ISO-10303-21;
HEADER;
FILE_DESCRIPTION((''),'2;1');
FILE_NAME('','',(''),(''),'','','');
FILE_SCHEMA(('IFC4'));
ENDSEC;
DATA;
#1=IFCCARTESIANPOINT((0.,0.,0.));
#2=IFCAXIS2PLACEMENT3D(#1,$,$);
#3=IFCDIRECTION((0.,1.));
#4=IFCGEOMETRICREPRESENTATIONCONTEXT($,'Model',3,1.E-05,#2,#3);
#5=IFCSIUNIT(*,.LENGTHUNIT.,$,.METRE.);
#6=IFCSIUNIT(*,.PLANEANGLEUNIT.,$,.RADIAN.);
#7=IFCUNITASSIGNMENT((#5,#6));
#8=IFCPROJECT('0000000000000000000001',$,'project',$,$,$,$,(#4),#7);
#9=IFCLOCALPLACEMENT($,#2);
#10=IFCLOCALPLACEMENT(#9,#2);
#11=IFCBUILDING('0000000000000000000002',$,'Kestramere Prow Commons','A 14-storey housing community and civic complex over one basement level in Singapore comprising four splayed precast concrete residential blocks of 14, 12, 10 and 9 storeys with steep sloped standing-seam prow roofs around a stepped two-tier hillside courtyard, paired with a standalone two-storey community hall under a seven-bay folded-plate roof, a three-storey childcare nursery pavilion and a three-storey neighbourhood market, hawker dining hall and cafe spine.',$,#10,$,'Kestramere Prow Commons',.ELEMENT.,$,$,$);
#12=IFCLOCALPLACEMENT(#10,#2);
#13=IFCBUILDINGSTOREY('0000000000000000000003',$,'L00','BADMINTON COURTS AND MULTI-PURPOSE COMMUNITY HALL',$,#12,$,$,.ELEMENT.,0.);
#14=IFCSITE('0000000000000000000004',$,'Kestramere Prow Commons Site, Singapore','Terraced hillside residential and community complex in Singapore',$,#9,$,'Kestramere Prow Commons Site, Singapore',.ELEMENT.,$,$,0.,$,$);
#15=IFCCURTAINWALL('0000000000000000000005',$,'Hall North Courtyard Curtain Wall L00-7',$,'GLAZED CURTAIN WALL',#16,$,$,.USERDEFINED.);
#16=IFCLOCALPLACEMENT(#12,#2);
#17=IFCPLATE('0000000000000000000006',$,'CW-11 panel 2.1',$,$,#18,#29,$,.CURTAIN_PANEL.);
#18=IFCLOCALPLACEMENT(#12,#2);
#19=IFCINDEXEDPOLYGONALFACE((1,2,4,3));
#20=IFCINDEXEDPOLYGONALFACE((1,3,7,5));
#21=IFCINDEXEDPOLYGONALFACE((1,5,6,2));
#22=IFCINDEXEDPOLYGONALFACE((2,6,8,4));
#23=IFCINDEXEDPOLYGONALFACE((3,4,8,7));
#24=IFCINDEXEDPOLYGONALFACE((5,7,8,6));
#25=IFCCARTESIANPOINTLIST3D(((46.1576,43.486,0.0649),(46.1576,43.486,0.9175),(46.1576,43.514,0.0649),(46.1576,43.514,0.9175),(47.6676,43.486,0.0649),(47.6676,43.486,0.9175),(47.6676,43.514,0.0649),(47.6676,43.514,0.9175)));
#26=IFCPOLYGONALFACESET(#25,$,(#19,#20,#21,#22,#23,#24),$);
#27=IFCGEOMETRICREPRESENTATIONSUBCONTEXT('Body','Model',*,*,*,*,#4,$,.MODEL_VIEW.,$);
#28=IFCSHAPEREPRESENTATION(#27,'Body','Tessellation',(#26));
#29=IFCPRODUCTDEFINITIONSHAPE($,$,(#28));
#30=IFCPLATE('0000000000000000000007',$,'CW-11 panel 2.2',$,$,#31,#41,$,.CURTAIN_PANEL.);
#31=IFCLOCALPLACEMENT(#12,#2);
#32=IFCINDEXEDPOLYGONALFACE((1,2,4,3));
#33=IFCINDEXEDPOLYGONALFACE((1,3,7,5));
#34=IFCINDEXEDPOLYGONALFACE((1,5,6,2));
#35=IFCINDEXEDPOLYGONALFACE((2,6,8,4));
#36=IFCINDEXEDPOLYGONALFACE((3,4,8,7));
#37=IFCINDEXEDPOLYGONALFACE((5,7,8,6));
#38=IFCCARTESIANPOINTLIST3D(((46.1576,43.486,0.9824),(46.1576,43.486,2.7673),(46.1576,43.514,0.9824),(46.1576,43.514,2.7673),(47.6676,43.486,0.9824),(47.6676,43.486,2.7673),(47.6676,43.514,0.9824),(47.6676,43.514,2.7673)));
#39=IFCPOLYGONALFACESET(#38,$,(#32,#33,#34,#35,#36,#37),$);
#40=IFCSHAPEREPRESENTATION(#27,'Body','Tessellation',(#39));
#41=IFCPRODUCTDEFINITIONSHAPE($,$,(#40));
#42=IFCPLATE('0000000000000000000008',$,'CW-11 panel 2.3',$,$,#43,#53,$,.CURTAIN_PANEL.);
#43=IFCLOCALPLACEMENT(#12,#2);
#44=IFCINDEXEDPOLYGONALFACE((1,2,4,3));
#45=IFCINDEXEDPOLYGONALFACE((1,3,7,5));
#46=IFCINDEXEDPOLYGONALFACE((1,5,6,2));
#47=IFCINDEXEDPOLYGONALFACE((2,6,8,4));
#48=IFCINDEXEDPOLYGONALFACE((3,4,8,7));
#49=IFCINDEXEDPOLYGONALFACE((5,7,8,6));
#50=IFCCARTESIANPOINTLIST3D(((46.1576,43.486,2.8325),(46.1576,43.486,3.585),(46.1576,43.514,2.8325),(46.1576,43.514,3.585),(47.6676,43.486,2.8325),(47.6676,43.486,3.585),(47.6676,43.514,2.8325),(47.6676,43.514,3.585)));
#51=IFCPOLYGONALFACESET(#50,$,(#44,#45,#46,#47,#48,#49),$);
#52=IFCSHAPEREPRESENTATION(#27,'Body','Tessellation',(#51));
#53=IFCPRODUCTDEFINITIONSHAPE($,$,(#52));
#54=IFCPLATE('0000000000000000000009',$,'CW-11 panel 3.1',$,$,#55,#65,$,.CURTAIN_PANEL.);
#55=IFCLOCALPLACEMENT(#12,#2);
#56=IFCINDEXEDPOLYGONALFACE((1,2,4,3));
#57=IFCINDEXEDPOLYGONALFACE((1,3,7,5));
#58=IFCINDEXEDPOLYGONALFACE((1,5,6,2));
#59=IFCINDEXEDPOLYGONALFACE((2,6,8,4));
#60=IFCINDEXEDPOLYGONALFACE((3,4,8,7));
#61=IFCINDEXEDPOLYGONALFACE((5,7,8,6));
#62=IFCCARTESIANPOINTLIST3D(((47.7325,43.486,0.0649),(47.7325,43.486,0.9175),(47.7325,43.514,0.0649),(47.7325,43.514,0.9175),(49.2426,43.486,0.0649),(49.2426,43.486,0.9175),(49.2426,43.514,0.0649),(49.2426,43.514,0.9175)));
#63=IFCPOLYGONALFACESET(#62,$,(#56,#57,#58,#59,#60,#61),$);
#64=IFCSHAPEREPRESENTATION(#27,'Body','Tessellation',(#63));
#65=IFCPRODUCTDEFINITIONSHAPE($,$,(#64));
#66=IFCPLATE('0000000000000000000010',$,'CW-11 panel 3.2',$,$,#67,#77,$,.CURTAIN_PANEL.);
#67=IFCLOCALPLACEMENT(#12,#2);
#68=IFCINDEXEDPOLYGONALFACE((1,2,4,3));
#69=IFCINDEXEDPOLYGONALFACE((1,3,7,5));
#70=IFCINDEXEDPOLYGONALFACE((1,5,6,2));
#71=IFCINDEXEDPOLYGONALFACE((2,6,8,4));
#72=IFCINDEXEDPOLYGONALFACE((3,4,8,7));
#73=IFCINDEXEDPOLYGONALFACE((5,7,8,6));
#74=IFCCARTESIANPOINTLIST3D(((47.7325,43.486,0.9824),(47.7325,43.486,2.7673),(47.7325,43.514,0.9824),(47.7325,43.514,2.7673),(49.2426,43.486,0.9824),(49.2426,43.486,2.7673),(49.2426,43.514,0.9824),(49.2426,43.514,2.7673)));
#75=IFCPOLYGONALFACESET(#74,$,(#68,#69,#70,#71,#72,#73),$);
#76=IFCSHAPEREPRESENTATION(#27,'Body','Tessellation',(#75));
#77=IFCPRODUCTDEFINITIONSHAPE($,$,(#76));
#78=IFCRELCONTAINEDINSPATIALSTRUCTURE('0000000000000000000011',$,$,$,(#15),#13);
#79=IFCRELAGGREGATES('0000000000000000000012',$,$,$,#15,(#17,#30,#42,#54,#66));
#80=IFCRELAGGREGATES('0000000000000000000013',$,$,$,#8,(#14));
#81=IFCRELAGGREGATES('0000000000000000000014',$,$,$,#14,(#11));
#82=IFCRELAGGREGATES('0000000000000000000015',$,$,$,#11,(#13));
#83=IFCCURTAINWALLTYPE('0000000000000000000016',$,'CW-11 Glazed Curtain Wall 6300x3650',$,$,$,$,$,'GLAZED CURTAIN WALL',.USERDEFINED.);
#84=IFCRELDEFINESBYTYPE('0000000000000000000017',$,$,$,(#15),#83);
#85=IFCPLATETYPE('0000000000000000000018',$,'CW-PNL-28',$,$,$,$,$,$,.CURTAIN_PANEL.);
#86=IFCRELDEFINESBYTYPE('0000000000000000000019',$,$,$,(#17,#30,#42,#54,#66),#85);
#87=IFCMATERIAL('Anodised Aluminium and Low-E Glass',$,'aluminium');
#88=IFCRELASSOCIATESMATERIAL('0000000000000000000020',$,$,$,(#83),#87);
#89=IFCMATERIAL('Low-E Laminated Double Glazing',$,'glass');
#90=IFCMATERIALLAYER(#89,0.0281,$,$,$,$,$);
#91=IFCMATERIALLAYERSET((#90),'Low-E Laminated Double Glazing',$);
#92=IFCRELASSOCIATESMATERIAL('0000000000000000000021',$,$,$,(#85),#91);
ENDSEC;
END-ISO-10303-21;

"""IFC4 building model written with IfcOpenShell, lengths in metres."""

from ifc_helpers import new_model, si_unit, direction, frame, origin, origin_2d, place, context, subcontext, project, spatial, rectangle, extrude, material, layer, layer_set, type_object, element, aggregate, save


model = new_model("IFC4")

# Units and contexts
model_context = context("Model", 3, precision=1e-05, world=origin(), true_north=direction((0.0, 1.0)))
body_context = subcontext(model_context, "Body", "Model", "MODEL_VIEW")
ifc_project = project(units=[si_unit("LENGTHUNIT", "METRE"), si_unit("PLANEANGLEUNIT", "RADIAN")], contexts=[model_context])

# Site, building, storey
site_placement = place(None, origin())
site = spatial("IfcSite", under=ifc_project, at=site_placement, Name="Kestramere Prow Commons Site, Singapore", Description="Terraced hillside residential and community complex in Singapore", LongName="Kestramere Prow Commons Site, Singapore", CompositionType="ELEMENT", RefElevation=0.0)
building_placement = place(site_placement, origin())
building = spatial("IfcBuilding", under=site, at=building_placement, Name="Kestramere Prow Commons", Description="A 14-storey housing community and civic complex over one basement level in Singapore comprising four splayed precast concrete residential blocks of 14, 12, 10 and 9 storeys with steep sloped standing-seam prow roofs around a stepped two-tier hillside courtyard, paired with a standalone two-storey community hall under a seven-bay folded-plate roof, a three-storey childcare nursery pavilion and a three-storey neighbourhood market, hawker dining hall and cafe spine.", LongName="Kestramere Prow Commons", CompositionType="ELEMENT")
storey_placement = place(building_placement, origin())
storey = spatial("IfcBuildingStorey", under=building, at=storey_placement, Name="L00", Description="BADMINTON COURTS AND MULTI-PURPOSE COMMUNITY HALL", CompositionType="ELEMENT", Elevation=0.0)

# Curtain wall, plates
ifc_material_1 = material(Name="Anodised Aluminium and Low-E Glass", Category="aluminium")
curtain_wall_type = type_object("IfcCurtainWallType", Name="CW-11 Glazed Curtain Wall 6300x3650", ElementType="GLAZED CURTAIN WALL", PredefinedType="USERDEFINED", material=ifc_material_1)
curtain_wall_placement = place(storey_placement, origin())
curtain_wall = element("IfcCurtainWall", 1, at=curtain_wall_placement, inside=storey, type_object=curtain_wall_type, Name="Hall North Courtyard Curtain Wall L00-7", ObjectType="GLAZED CURTAIN WALL", PredefinedType="USERDEFINED")
ifc_material_2 = material(Name="Low-E Laminated Double Glazing", Category="glass")
ifc_layer = layer(ifc_material_2, 0.0281)
ifc_layer_set = layer_set([ifc_layer], Name="Low-E Laminated Double Glazing")
plate_type = type_object("IfcPlateType", Name="CW-PNL-28", PredefinedType="CURTAIN_PANEL", material=ifc_layer_set)
plate_1_placement = place(storey_placement, frame((46.9126, 43.5, 0.0649), z_axis=(0.0, 0.0, 1.0), x_axis=(1.0, 0.0, 0.0)))
plate_1 = element("IfcPlate", 2, at=plate_1_placement, type_object=plate_type, Name="CW-11 panel 2.1", PredefinedType="CURTAIN_PANEL", context=body_context, shape_type="SweptSolid", body=[
    extrude(rectangle(XDim=1.51, YDim=0.0281, at=origin_2d()), origin(), (0.0, 0.0, 1.0), 0.8525),
])
plate_2_placement = place(storey_placement, frame((46.9126, 43.5, 0.9824), z_axis=(0.0, 0.0, 1.0), x_axis=(1.0, 0.0, 0.0)))
plate_2 = element("IfcPlate", 3, at=plate_2_placement, type_object=plate_type, Name="CW-11 panel 2.2", PredefinedType="CURTAIN_PANEL", context=body_context, shape_type="SweptSolid", body=[
    extrude(rectangle(XDim=1.51, YDim=0.0281, at=origin_2d()), origin(), (0.0, 0.0, 1.0), 1.7849),
])
plate_3_placement = place(storey_placement, frame((46.9126, 43.5, 2.8325), z_axis=(0.0, 0.0, 1.0), x_axis=(1.0, 0.0, 0.0)))
plate_3 = element("IfcPlate", 4, at=plate_3_placement, type_object=plate_type, Name="CW-11 panel 2.3", PredefinedType="CURTAIN_PANEL", context=body_context, shape_type="SweptSolid", body=[
    extrude(rectangle(XDim=1.51, YDim=0.0281, at=origin_2d()), origin(), (0.0, 0.0, 1.0), 0.7524),
])
plate_4_placement = place(storey_placement, frame((48.4875, 43.5, 0.0649), z_axis=(0.0, 0.0, 1.0), x_axis=(1.0, 0.0, 0.0)))
plate_4 = element("IfcPlate", 5, at=plate_4_placement, type_object=plate_type, Name="CW-11 panel 3.1", PredefinedType="CURTAIN_PANEL", context=body_context, shape_type="SweptSolid", body=[
    extrude(rectangle(XDim=1.51, YDim=0.0281, at=origin_2d()), origin(), (0.0, 0.0, 1.0), 0.8525),
])
plate_5_placement = place(storey_placement, frame((48.4875, 43.5, 0.9824), z_axis=(0.0, 0.0, 1.0), x_axis=(1.0, 0.0, 0.0)))
plate_5 = element("IfcPlate", 6, at=plate_5_placement, type_object=plate_type, Name="CW-11 panel 3.2", PredefinedType="CURTAIN_PANEL", context=body_context, shape_type="SweptSolid", body=[
    extrude(rectangle(XDim=1.51, YDim=0.0281, at=origin_2d()), origin(), (0.0, 0.0, 1.0), 1.7849),
])
aggregate(curtain_wall, [plate_1, plate_2, plate_3, plate_4, plate_5])

save(model, "model.ifc")
